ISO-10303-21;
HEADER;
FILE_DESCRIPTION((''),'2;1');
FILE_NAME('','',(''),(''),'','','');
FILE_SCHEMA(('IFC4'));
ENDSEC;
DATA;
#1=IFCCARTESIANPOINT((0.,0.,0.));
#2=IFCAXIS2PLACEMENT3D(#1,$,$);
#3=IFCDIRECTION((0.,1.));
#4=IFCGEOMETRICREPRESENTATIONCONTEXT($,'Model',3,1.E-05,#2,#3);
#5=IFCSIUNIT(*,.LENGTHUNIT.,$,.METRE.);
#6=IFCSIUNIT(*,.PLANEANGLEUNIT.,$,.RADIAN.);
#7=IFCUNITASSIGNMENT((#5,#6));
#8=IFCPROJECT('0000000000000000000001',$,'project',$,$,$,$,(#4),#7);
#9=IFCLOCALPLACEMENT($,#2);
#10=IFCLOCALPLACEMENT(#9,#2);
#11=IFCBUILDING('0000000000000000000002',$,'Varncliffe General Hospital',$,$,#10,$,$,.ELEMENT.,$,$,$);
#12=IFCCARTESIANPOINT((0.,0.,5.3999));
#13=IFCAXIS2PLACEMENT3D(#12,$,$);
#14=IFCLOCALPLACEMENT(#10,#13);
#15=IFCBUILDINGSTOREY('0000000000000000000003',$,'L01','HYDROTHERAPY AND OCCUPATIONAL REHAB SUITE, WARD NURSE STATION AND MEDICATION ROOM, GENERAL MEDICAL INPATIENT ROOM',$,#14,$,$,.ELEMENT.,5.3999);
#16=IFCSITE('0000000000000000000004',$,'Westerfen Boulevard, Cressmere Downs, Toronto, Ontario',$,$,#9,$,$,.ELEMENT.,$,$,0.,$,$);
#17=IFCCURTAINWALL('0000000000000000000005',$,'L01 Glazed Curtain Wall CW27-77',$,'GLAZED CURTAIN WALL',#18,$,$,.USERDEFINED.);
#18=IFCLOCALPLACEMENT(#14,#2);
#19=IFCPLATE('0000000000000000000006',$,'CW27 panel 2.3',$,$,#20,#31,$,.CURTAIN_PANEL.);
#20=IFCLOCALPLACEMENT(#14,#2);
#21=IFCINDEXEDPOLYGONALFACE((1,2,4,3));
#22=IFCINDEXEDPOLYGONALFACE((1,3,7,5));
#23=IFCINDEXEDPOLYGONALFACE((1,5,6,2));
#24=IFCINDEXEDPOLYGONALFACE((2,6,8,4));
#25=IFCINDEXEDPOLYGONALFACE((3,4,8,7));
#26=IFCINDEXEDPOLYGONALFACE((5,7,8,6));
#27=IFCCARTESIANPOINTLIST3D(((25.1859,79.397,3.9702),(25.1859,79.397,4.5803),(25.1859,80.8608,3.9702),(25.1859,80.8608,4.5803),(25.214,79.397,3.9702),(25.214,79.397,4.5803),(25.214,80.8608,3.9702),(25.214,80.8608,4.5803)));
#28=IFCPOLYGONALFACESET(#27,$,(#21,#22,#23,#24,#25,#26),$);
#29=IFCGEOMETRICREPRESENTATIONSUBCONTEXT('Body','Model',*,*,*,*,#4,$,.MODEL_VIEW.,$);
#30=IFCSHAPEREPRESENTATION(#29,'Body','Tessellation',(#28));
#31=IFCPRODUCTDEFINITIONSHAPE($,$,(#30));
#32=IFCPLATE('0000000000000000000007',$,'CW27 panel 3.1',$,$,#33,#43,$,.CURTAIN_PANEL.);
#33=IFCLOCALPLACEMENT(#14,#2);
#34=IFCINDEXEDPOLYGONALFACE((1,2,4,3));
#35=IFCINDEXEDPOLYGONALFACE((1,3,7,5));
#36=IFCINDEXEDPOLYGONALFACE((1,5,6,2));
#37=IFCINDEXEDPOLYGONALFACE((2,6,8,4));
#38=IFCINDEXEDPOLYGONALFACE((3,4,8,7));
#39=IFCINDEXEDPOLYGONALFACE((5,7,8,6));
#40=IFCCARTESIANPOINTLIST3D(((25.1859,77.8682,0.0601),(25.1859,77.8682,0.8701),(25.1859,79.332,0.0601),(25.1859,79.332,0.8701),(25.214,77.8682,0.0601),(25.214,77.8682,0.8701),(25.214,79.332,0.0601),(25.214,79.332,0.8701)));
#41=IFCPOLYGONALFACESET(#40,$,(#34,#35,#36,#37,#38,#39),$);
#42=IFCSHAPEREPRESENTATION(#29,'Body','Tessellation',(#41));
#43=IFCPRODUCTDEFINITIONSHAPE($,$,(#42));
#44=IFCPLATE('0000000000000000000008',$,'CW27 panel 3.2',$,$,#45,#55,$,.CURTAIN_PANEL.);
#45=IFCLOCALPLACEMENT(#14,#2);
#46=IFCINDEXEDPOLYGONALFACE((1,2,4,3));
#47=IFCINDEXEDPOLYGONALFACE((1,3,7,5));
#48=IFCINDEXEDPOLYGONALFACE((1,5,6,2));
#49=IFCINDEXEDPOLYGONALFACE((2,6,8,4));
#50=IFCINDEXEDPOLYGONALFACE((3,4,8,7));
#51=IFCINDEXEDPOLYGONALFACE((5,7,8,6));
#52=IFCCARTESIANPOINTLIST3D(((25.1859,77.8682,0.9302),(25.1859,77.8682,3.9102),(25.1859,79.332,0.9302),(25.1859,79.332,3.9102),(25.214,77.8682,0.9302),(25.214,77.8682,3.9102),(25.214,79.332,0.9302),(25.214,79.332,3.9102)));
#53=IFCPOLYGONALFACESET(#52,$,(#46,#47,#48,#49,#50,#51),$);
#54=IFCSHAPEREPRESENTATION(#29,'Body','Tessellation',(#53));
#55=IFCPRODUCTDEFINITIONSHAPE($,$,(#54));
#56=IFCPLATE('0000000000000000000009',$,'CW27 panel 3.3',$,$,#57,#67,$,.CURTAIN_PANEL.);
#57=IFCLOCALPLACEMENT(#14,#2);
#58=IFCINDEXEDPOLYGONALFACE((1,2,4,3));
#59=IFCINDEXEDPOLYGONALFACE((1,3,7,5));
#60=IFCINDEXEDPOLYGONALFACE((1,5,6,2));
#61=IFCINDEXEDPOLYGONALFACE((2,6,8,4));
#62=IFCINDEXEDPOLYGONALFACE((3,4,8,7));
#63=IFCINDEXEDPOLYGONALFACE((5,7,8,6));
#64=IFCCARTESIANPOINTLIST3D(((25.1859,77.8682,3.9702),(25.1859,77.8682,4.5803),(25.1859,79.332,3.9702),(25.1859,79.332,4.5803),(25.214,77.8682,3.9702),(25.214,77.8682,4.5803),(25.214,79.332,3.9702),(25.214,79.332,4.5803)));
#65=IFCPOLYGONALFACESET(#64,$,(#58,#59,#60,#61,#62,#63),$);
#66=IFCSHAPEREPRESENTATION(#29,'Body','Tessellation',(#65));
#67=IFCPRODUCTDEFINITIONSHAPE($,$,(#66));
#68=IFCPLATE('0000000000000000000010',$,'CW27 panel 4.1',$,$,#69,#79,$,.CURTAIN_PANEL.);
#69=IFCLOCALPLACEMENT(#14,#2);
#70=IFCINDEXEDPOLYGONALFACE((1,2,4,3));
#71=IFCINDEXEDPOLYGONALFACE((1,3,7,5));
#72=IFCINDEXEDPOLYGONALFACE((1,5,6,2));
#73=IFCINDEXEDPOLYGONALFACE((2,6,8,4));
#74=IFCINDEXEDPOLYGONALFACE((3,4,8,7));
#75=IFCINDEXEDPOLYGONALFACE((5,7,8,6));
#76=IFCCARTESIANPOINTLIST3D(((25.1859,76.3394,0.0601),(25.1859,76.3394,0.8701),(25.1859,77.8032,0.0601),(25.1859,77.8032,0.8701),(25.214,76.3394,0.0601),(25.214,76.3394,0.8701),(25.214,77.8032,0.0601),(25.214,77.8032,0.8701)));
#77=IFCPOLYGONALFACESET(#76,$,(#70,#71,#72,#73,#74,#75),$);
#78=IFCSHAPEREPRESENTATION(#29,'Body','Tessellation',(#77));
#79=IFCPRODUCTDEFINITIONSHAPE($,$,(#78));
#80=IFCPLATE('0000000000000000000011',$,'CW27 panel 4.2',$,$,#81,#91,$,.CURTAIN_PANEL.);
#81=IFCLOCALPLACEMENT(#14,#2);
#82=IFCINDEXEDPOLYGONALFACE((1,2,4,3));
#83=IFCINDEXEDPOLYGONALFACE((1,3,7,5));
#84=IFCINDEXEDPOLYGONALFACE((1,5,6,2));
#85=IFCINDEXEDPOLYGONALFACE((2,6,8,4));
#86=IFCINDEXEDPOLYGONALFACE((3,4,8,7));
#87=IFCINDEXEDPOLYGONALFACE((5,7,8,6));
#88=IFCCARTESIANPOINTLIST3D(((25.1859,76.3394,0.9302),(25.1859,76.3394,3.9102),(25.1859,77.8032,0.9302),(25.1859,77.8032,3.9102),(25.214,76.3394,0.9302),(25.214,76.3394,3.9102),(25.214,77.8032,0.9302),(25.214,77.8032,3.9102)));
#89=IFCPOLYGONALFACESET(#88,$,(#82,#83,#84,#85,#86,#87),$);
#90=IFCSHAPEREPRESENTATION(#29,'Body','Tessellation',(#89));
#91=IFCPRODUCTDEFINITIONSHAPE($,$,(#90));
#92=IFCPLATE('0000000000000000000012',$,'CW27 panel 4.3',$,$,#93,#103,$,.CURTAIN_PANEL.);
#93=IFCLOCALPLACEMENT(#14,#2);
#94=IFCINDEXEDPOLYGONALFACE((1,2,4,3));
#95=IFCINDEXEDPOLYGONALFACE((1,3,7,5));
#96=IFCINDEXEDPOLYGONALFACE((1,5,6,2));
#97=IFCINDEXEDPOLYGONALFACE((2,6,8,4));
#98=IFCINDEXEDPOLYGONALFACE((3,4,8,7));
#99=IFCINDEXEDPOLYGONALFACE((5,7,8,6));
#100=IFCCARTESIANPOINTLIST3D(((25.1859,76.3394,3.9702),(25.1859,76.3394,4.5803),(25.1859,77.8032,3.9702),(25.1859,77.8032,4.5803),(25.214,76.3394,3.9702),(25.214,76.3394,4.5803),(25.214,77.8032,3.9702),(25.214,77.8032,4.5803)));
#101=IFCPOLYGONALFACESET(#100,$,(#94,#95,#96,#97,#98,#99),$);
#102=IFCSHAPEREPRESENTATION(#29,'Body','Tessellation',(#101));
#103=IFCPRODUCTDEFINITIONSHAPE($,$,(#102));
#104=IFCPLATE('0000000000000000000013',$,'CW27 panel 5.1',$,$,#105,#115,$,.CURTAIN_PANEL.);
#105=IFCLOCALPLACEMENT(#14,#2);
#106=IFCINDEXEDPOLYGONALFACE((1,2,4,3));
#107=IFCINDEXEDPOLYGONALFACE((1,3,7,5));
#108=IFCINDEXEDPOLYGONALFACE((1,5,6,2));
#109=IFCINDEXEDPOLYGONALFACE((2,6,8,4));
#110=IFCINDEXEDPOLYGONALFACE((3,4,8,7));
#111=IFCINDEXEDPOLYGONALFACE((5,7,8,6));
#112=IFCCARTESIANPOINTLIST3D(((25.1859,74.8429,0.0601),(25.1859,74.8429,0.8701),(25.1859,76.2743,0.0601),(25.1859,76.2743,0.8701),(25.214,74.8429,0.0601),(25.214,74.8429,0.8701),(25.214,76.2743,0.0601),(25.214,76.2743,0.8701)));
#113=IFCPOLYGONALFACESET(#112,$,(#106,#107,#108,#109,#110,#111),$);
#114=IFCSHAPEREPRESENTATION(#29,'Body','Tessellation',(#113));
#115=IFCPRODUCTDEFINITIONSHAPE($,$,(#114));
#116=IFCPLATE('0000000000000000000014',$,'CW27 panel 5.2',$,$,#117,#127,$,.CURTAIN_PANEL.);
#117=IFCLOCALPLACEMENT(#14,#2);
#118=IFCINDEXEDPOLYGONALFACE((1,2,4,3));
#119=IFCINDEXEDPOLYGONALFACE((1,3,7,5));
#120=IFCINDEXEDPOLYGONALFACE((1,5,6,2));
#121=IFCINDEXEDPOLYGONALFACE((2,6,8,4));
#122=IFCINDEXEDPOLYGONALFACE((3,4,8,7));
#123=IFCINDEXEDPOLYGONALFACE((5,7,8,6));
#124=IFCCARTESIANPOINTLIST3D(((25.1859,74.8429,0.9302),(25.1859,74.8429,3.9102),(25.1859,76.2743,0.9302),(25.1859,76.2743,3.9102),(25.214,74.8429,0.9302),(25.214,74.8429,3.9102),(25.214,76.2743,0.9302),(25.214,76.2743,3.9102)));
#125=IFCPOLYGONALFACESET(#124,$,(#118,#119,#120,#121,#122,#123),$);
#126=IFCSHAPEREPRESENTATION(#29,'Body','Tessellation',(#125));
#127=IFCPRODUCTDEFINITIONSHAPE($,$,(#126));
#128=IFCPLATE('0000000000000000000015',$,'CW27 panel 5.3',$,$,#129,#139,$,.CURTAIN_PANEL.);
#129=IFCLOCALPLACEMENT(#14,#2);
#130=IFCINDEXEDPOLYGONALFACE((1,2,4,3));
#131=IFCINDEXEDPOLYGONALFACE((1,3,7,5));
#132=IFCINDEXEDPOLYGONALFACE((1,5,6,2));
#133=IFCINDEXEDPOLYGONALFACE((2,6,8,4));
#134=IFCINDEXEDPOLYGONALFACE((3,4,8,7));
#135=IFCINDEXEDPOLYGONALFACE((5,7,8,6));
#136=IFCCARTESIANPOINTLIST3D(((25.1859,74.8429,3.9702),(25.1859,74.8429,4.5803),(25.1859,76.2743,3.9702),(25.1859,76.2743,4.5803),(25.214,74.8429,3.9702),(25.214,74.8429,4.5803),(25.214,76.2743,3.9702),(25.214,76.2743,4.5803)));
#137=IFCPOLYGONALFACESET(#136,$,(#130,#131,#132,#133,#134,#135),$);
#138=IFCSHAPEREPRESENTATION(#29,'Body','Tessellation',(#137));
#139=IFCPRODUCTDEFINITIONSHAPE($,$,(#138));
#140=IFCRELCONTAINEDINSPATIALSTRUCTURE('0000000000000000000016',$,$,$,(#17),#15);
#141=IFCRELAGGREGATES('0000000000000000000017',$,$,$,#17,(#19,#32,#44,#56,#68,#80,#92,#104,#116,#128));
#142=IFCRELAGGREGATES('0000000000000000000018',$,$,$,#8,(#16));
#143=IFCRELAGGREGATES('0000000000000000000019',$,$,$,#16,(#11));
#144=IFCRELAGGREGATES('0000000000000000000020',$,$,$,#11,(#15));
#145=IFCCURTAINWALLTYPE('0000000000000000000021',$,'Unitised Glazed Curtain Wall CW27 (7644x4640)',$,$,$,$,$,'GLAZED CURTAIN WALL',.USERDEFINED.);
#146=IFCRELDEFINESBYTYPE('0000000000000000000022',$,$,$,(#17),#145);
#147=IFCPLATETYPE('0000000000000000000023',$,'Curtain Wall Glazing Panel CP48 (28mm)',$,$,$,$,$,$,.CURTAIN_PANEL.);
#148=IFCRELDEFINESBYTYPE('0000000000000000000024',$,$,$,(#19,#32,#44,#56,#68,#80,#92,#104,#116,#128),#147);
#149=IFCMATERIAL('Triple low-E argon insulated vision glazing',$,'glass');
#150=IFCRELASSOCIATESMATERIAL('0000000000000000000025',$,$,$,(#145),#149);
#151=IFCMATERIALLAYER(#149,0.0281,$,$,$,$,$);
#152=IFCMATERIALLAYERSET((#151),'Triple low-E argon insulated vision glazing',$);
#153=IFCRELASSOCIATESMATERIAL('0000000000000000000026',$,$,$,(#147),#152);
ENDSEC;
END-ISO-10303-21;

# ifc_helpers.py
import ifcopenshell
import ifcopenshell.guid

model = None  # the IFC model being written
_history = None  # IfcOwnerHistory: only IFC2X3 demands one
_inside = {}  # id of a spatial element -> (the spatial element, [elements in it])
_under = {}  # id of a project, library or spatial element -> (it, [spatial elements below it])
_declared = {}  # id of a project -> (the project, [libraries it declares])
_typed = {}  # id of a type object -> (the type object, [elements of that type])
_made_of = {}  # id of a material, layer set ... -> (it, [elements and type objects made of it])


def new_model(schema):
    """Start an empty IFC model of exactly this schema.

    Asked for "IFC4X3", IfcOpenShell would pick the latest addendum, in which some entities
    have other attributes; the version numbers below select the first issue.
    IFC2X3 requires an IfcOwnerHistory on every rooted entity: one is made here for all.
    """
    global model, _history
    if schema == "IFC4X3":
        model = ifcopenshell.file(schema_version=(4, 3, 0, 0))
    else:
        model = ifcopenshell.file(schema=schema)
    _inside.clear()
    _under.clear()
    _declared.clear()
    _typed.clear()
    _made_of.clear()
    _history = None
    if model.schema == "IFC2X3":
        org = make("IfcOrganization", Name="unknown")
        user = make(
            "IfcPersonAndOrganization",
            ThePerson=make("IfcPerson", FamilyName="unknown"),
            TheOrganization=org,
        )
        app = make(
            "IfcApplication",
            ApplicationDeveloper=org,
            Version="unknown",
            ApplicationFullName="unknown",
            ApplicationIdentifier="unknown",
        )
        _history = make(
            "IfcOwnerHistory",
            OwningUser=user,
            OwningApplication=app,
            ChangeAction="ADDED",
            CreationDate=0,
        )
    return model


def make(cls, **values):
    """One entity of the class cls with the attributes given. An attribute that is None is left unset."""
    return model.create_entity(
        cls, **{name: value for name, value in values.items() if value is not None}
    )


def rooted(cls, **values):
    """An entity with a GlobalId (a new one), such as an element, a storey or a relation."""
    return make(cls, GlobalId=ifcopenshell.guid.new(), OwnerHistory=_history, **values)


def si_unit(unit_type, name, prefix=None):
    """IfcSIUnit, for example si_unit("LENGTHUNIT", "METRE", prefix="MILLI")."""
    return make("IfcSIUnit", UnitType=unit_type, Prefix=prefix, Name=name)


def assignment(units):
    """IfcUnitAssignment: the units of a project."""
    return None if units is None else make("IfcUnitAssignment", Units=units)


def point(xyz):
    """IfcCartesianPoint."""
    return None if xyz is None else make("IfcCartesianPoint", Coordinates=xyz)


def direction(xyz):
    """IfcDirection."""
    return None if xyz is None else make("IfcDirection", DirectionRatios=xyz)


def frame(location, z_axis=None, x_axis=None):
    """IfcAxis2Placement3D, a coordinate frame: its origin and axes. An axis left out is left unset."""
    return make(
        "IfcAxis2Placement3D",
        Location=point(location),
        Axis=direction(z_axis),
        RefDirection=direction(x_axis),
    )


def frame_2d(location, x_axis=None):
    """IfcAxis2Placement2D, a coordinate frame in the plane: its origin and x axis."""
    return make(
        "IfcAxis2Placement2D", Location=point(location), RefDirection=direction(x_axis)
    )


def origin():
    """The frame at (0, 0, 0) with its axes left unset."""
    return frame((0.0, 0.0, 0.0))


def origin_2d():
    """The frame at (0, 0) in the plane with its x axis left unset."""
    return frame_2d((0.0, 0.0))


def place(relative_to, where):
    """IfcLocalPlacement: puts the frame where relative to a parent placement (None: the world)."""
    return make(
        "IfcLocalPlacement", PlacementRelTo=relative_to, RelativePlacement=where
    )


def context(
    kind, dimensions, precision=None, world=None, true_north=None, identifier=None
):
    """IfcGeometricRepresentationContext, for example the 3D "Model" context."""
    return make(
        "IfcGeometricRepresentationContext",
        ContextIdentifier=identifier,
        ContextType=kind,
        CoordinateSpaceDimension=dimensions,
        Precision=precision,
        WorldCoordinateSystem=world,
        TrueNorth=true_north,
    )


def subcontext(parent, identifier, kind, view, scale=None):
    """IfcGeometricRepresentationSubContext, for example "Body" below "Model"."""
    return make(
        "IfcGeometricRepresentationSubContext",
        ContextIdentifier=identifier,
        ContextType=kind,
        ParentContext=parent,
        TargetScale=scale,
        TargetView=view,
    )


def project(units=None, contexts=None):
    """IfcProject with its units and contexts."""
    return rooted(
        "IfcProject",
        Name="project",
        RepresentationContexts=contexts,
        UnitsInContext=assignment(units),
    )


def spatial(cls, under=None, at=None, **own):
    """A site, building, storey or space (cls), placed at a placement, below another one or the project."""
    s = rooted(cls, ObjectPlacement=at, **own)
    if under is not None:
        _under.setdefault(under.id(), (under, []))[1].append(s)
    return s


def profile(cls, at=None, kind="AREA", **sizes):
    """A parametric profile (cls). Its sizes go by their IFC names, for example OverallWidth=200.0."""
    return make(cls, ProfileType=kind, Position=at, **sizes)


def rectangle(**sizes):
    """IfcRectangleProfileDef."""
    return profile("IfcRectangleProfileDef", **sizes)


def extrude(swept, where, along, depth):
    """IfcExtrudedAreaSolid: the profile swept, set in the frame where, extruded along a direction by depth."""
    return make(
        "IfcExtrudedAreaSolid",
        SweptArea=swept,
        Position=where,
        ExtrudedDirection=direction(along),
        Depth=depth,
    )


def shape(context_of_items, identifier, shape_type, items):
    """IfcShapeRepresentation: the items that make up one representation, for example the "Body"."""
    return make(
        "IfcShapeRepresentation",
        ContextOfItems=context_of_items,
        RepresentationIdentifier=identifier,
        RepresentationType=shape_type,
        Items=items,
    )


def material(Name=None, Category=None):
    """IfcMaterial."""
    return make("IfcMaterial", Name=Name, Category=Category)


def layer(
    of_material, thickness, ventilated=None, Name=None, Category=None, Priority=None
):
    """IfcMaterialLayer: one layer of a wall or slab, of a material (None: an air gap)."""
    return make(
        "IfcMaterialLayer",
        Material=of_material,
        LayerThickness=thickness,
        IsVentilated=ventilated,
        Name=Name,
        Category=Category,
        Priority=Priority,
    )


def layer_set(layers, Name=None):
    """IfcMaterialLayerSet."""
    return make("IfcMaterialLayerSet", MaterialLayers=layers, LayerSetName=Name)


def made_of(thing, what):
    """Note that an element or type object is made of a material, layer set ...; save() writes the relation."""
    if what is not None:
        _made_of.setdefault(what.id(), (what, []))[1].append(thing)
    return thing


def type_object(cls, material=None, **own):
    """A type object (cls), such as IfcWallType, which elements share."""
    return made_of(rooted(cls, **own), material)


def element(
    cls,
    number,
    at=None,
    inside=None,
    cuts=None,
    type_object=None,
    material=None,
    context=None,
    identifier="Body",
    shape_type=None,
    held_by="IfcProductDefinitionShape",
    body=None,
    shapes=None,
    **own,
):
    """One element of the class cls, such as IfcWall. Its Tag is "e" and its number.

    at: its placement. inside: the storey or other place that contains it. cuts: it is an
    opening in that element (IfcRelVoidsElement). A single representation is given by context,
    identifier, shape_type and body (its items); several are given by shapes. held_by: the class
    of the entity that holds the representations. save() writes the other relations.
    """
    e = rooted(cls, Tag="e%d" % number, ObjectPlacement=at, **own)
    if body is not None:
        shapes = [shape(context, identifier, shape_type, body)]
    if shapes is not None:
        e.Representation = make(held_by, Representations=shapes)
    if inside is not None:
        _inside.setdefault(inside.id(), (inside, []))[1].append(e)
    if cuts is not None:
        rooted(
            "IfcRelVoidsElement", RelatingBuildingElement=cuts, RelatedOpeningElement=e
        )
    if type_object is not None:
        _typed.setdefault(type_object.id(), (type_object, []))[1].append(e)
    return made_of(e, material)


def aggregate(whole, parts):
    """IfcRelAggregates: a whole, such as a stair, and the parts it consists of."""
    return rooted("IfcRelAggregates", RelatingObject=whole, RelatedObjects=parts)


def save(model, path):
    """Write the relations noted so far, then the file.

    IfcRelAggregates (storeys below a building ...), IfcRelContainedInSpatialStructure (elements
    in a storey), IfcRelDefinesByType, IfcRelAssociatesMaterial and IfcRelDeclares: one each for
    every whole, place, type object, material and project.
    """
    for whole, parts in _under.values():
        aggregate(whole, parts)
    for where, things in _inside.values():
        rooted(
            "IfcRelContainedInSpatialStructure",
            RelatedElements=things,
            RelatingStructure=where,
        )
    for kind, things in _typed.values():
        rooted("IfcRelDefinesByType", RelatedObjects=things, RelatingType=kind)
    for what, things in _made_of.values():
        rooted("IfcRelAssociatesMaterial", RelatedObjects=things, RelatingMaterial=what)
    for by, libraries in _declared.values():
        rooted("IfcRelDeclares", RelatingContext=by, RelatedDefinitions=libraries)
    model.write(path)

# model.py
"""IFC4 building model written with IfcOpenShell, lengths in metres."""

from ifc_helpers import new_model, si_unit, direction, frame, origin, origin_2d, place, context, subcontext, project, spatial, rectangle, extrude, material, layer, layer_set, type_object, element, aggregate, save


model = new_model("IFC4")

# Units and contexts
model_context = context("Model", 3, precision=1e-05, world=origin(), true_north=direction((0.0, 1.0)))
body_context = subcontext(model_context, "Body", "Model", "MODEL_VIEW")
ifc_project = project(units=[si_unit("LENGTHUNIT", "METRE"), si_unit("PLANEANGLEUNIT", "RADIAN")], contexts=[model_context])

# Site, building, storey
site_placement = place(None, origin())
site = spatial("IfcSite", under=ifc_project, at=site_placement, Name="Westerfen Boulevard, Cressmere Downs, Toronto, Ontario", CompositionType="ELEMENT", RefElevation=0.0)
building_placement = place(site_placement, origin())
building = spatial("IfcBuilding", under=site, at=building_placement, Name="Varncliffe General Hospital", CompositionType="ELEMENT")
storey_placement = place(building_placement, frame((0.0, 0.0, 5.3999)))
storey = spatial("IfcBuildingStorey", under=building, at=storey_placement, Name="L01", Description="HYDROTHERAPY AND OCCUPATIONAL REHAB SUITE, WARD NURSE STATION AND MEDICATION ROOM, GENERAL MEDICAL INPATIENT ROOM", CompositionType="ELEMENT", Elevation=5.3999)

# Curtain wall
ifc_material_1 = material(Name="Triple low-E argon insulated vision glazing", Category="glass")
curtain_wall_type_1 = type_object("IfcCurtainWallType", Name="Unitised Glazed Curtain Wall CW27 (7644x4640)", ElementType="GLAZED CURTAIN WALL", PredefinedType="USERDEFINED", material=ifc_material_1)
curtain_wall_1_placement = place(storey_placement, origin())
curtain_wall_1 = element("IfcCurtainWall", 1, at=curtain_wall_1_placement, inside=storey, type_object=curtain_wall_type_1, Name="L01 Glazed Curtain Wall CW27-77", ObjectType="GLAZED CURTAIN WALL", PredefinedType="USERDEFINED")

# Plates
ifc_layer_1 = layer(ifc_material_1, 0.0281)
ifc_layer_set_1 = layer_set([ifc_layer_1], Name="Triple low-E argon insulated vision glazing")
plate_type_1 = type_object("IfcPlateType", Name="Curtain Wall Glazing Panel CP48 (28mm)", PredefinedType="CURTAIN_PANEL", material=ifc_layer_set_1)
plate_1_placement = place(storey_placement, frame((25.2, 80.1289, 3.9702), z_axis=(0.0, 0.0, 1.0), x_axis=(0.0, -1.0, 0.0)))
plate_1 = element("IfcPlate", 2, at=plate_1_placement, type_object=plate_type_1, Name="CW27 panel 2.3", PredefinedType="CURTAIN_PANEL", context=body_context, shape_type="SweptSolid", body=[
    extrude(rectangle(XDim=1.4639, YDim=0.0281, at=origin_2d()), origin(), (0.0, 0.0, 1.0), 0.6101),
])
plate_2_placement = place(storey_placement, frame((25.2, 78.6001, 0.0601), z_axis=(0.0, 0.0, 1.0), x_axis=(0.0, -1.0, 0.0)))
plate_2 = element("IfcPlate", 3, at=plate_2_placement, type_object=plate_type_1, Name="CW27 panel 3.1", PredefinedType="CURTAIN_PANEL", context=body_context, shape_type="SweptSolid", body=[
    extrude(rectangle(XDim=1.4639, YDim=0.0281, at=origin_2d()), origin(), (0.0, 0.0, 1.0), 0.8101),
])
plate_3_placement = place(storey_placement, frame((25.2, 78.6001, 0.9302), z_axis=(0.0, 0.0, 1.0), x_axis=(0.0, -1.0, 0.0)))
plate_3 = element("IfcPlate", 4, at=plate_3_placement, type_object=plate_type_1, Name="CW27 panel 3.2", PredefinedType="CURTAIN_PANEL", context=body_context, shape_type="SweptSolid", body=[
    extrude(rectangle(XDim=1.4639, YDim=0.0281, at=origin_2d()), origin(), (0.0, 0.0, 1.0), 2.98),
])
plate_4_placement = place(storey_placement, frame((25.2, 78.6001, 3.9702), z_axis=(0.0, 0.0, 1.0), x_axis=(0.0, -1.0, 0.0)))
plate_4 = element("IfcPlate", 5, at=plate_4_placement, type_object=plate_type_1, Name="CW27 panel 3.3", PredefinedType="CURTAIN_PANEL", context=body_context, shape_type="SweptSolid", body=[
    extrude(rectangle(XDim=1.4639, YDim=0.0281, at=origin_2d()), origin(), (0.0, 0.0, 1.0), 0.6101),
])
plate_5_placement = place(storey_placement, frame((25.2, 77.0713, 0.0601), z_axis=(0.0, 0.0, 1.0), x_axis=(0.0, -1.0, 0.0)))
plate_5 = element("IfcPlate", 6, at=plate_5_placement, type_object=plate_type_1, Name="CW27 panel 4.1", PredefinedType="CURTAIN_PANEL", context=body_context, shape_type="SweptSolid", body=[
    extrude(rectangle(XDim=1.4639, YDim=0.0281, at=origin_2d()), origin(), (0.0, 0.0, 1.0), 0.8101),
])
plate_6_placement = place(storey_placement, frame((25.2, 77.0713, 0.9302), z_axis=(0.0, 0.0, 1.0), x_axis=(0.0, -1.0, 0.0)))
plate_6 = element("IfcPlate", 7, at=plate_6_placement, type_object=plate_type_1, Name="CW27 panel 4.2", PredefinedType="CURTAIN_PANEL", context=body_context, shape_type="SweptSolid", body=[
    extrude(rectangle(XDim=1.4639, YDim=0.0281, at=origin_2d()), origin(), (0.0, 0.0, 1.0), 2.98),
])
plate_7_placement = place(storey_placement, frame((25.2, 77.0713, 3.9702), z_axis=(0.0, 0.0, 1.0), x_axis=(0.0, -1.0, 0.0)))
plate_7 = element("IfcPlate", 8, at=plate_7_placement, type_object=plate_type_1, Name="CW27 panel 4.3", PredefinedType="CURTAIN_PANEL", context=body_context, shape_type="SweptSolid", body=[
    extrude(rectangle(XDim=1.4639, YDim=0.0281, at=origin_2d()), origin(), (0.0, 0.0, 1.0), 0.6101),
])
plate_8_placement = place(storey_placement, frame((25.2, 75.5586, 0.0601), z_axis=(0.0, 0.0, 1.0), x_axis=(0.0, -1.0, 0.0)))
plate_8 = element("IfcPlate", 9, at=plate_8_placement, type_object=plate_type_1, Name="CW27 panel 5.1", PredefinedType="CURTAIN_PANEL", context=body_context, shape_type="SweptSolid", body=[
    extrude(rectangle(XDim=1.4314, YDim=0.0281, at=origin_2d()), origin(), (0.0, 0.0, 1.0), 0.8101),
])
plate_9_placement = place(storey_placement, frame((25.2, 75.5586, 0.9302), z_axis=(0.0, 0.0, 1.0), x_axis=(0.0, -1.0, 0.0)))
plate_9 = element("IfcPlate", 10, at=plate_9_placement, type_object=plate_type_1, Name="CW27 panel 5.2", PredefinedType="CURTAIN_PANEL", context=body_context, shape_type="SweptSolid", body=[
    extrude(rectangle(XDim=1.4314, YDim=0.0281, at=origin_2d()), origin(), (0.0, 0.0, 1.0), 2.98),
])
plate_10_placement = place(storey_placement, frame((25.2, 75.5586, 3.9702), z_axis=(0.0, 0.0, 1.0), x_axis=(0.0, -1.0, 0.0)))
plate_10 = element("IfcPlate", 11, at=plate_10_placement, type_object=plate_type_1, Name="CW27 panel 5.3", PredefinedType="CURTAIN_PANEL", context=body_context, shape_type="SweptSolid", body=[
    extrude(rectangle(XDim=1.4314, YDim=0.0281, at=origin_2d()), origin(), (0.0, 0.0, 1.0), 0.6101),
])
aggregate(curtain_wall_1, [plate_1, plate_2, plate_3, plate_4, plate_5, plate_6, plate_7, plate_8, plate_9, plate_10])

save(model, "model.ifc")
